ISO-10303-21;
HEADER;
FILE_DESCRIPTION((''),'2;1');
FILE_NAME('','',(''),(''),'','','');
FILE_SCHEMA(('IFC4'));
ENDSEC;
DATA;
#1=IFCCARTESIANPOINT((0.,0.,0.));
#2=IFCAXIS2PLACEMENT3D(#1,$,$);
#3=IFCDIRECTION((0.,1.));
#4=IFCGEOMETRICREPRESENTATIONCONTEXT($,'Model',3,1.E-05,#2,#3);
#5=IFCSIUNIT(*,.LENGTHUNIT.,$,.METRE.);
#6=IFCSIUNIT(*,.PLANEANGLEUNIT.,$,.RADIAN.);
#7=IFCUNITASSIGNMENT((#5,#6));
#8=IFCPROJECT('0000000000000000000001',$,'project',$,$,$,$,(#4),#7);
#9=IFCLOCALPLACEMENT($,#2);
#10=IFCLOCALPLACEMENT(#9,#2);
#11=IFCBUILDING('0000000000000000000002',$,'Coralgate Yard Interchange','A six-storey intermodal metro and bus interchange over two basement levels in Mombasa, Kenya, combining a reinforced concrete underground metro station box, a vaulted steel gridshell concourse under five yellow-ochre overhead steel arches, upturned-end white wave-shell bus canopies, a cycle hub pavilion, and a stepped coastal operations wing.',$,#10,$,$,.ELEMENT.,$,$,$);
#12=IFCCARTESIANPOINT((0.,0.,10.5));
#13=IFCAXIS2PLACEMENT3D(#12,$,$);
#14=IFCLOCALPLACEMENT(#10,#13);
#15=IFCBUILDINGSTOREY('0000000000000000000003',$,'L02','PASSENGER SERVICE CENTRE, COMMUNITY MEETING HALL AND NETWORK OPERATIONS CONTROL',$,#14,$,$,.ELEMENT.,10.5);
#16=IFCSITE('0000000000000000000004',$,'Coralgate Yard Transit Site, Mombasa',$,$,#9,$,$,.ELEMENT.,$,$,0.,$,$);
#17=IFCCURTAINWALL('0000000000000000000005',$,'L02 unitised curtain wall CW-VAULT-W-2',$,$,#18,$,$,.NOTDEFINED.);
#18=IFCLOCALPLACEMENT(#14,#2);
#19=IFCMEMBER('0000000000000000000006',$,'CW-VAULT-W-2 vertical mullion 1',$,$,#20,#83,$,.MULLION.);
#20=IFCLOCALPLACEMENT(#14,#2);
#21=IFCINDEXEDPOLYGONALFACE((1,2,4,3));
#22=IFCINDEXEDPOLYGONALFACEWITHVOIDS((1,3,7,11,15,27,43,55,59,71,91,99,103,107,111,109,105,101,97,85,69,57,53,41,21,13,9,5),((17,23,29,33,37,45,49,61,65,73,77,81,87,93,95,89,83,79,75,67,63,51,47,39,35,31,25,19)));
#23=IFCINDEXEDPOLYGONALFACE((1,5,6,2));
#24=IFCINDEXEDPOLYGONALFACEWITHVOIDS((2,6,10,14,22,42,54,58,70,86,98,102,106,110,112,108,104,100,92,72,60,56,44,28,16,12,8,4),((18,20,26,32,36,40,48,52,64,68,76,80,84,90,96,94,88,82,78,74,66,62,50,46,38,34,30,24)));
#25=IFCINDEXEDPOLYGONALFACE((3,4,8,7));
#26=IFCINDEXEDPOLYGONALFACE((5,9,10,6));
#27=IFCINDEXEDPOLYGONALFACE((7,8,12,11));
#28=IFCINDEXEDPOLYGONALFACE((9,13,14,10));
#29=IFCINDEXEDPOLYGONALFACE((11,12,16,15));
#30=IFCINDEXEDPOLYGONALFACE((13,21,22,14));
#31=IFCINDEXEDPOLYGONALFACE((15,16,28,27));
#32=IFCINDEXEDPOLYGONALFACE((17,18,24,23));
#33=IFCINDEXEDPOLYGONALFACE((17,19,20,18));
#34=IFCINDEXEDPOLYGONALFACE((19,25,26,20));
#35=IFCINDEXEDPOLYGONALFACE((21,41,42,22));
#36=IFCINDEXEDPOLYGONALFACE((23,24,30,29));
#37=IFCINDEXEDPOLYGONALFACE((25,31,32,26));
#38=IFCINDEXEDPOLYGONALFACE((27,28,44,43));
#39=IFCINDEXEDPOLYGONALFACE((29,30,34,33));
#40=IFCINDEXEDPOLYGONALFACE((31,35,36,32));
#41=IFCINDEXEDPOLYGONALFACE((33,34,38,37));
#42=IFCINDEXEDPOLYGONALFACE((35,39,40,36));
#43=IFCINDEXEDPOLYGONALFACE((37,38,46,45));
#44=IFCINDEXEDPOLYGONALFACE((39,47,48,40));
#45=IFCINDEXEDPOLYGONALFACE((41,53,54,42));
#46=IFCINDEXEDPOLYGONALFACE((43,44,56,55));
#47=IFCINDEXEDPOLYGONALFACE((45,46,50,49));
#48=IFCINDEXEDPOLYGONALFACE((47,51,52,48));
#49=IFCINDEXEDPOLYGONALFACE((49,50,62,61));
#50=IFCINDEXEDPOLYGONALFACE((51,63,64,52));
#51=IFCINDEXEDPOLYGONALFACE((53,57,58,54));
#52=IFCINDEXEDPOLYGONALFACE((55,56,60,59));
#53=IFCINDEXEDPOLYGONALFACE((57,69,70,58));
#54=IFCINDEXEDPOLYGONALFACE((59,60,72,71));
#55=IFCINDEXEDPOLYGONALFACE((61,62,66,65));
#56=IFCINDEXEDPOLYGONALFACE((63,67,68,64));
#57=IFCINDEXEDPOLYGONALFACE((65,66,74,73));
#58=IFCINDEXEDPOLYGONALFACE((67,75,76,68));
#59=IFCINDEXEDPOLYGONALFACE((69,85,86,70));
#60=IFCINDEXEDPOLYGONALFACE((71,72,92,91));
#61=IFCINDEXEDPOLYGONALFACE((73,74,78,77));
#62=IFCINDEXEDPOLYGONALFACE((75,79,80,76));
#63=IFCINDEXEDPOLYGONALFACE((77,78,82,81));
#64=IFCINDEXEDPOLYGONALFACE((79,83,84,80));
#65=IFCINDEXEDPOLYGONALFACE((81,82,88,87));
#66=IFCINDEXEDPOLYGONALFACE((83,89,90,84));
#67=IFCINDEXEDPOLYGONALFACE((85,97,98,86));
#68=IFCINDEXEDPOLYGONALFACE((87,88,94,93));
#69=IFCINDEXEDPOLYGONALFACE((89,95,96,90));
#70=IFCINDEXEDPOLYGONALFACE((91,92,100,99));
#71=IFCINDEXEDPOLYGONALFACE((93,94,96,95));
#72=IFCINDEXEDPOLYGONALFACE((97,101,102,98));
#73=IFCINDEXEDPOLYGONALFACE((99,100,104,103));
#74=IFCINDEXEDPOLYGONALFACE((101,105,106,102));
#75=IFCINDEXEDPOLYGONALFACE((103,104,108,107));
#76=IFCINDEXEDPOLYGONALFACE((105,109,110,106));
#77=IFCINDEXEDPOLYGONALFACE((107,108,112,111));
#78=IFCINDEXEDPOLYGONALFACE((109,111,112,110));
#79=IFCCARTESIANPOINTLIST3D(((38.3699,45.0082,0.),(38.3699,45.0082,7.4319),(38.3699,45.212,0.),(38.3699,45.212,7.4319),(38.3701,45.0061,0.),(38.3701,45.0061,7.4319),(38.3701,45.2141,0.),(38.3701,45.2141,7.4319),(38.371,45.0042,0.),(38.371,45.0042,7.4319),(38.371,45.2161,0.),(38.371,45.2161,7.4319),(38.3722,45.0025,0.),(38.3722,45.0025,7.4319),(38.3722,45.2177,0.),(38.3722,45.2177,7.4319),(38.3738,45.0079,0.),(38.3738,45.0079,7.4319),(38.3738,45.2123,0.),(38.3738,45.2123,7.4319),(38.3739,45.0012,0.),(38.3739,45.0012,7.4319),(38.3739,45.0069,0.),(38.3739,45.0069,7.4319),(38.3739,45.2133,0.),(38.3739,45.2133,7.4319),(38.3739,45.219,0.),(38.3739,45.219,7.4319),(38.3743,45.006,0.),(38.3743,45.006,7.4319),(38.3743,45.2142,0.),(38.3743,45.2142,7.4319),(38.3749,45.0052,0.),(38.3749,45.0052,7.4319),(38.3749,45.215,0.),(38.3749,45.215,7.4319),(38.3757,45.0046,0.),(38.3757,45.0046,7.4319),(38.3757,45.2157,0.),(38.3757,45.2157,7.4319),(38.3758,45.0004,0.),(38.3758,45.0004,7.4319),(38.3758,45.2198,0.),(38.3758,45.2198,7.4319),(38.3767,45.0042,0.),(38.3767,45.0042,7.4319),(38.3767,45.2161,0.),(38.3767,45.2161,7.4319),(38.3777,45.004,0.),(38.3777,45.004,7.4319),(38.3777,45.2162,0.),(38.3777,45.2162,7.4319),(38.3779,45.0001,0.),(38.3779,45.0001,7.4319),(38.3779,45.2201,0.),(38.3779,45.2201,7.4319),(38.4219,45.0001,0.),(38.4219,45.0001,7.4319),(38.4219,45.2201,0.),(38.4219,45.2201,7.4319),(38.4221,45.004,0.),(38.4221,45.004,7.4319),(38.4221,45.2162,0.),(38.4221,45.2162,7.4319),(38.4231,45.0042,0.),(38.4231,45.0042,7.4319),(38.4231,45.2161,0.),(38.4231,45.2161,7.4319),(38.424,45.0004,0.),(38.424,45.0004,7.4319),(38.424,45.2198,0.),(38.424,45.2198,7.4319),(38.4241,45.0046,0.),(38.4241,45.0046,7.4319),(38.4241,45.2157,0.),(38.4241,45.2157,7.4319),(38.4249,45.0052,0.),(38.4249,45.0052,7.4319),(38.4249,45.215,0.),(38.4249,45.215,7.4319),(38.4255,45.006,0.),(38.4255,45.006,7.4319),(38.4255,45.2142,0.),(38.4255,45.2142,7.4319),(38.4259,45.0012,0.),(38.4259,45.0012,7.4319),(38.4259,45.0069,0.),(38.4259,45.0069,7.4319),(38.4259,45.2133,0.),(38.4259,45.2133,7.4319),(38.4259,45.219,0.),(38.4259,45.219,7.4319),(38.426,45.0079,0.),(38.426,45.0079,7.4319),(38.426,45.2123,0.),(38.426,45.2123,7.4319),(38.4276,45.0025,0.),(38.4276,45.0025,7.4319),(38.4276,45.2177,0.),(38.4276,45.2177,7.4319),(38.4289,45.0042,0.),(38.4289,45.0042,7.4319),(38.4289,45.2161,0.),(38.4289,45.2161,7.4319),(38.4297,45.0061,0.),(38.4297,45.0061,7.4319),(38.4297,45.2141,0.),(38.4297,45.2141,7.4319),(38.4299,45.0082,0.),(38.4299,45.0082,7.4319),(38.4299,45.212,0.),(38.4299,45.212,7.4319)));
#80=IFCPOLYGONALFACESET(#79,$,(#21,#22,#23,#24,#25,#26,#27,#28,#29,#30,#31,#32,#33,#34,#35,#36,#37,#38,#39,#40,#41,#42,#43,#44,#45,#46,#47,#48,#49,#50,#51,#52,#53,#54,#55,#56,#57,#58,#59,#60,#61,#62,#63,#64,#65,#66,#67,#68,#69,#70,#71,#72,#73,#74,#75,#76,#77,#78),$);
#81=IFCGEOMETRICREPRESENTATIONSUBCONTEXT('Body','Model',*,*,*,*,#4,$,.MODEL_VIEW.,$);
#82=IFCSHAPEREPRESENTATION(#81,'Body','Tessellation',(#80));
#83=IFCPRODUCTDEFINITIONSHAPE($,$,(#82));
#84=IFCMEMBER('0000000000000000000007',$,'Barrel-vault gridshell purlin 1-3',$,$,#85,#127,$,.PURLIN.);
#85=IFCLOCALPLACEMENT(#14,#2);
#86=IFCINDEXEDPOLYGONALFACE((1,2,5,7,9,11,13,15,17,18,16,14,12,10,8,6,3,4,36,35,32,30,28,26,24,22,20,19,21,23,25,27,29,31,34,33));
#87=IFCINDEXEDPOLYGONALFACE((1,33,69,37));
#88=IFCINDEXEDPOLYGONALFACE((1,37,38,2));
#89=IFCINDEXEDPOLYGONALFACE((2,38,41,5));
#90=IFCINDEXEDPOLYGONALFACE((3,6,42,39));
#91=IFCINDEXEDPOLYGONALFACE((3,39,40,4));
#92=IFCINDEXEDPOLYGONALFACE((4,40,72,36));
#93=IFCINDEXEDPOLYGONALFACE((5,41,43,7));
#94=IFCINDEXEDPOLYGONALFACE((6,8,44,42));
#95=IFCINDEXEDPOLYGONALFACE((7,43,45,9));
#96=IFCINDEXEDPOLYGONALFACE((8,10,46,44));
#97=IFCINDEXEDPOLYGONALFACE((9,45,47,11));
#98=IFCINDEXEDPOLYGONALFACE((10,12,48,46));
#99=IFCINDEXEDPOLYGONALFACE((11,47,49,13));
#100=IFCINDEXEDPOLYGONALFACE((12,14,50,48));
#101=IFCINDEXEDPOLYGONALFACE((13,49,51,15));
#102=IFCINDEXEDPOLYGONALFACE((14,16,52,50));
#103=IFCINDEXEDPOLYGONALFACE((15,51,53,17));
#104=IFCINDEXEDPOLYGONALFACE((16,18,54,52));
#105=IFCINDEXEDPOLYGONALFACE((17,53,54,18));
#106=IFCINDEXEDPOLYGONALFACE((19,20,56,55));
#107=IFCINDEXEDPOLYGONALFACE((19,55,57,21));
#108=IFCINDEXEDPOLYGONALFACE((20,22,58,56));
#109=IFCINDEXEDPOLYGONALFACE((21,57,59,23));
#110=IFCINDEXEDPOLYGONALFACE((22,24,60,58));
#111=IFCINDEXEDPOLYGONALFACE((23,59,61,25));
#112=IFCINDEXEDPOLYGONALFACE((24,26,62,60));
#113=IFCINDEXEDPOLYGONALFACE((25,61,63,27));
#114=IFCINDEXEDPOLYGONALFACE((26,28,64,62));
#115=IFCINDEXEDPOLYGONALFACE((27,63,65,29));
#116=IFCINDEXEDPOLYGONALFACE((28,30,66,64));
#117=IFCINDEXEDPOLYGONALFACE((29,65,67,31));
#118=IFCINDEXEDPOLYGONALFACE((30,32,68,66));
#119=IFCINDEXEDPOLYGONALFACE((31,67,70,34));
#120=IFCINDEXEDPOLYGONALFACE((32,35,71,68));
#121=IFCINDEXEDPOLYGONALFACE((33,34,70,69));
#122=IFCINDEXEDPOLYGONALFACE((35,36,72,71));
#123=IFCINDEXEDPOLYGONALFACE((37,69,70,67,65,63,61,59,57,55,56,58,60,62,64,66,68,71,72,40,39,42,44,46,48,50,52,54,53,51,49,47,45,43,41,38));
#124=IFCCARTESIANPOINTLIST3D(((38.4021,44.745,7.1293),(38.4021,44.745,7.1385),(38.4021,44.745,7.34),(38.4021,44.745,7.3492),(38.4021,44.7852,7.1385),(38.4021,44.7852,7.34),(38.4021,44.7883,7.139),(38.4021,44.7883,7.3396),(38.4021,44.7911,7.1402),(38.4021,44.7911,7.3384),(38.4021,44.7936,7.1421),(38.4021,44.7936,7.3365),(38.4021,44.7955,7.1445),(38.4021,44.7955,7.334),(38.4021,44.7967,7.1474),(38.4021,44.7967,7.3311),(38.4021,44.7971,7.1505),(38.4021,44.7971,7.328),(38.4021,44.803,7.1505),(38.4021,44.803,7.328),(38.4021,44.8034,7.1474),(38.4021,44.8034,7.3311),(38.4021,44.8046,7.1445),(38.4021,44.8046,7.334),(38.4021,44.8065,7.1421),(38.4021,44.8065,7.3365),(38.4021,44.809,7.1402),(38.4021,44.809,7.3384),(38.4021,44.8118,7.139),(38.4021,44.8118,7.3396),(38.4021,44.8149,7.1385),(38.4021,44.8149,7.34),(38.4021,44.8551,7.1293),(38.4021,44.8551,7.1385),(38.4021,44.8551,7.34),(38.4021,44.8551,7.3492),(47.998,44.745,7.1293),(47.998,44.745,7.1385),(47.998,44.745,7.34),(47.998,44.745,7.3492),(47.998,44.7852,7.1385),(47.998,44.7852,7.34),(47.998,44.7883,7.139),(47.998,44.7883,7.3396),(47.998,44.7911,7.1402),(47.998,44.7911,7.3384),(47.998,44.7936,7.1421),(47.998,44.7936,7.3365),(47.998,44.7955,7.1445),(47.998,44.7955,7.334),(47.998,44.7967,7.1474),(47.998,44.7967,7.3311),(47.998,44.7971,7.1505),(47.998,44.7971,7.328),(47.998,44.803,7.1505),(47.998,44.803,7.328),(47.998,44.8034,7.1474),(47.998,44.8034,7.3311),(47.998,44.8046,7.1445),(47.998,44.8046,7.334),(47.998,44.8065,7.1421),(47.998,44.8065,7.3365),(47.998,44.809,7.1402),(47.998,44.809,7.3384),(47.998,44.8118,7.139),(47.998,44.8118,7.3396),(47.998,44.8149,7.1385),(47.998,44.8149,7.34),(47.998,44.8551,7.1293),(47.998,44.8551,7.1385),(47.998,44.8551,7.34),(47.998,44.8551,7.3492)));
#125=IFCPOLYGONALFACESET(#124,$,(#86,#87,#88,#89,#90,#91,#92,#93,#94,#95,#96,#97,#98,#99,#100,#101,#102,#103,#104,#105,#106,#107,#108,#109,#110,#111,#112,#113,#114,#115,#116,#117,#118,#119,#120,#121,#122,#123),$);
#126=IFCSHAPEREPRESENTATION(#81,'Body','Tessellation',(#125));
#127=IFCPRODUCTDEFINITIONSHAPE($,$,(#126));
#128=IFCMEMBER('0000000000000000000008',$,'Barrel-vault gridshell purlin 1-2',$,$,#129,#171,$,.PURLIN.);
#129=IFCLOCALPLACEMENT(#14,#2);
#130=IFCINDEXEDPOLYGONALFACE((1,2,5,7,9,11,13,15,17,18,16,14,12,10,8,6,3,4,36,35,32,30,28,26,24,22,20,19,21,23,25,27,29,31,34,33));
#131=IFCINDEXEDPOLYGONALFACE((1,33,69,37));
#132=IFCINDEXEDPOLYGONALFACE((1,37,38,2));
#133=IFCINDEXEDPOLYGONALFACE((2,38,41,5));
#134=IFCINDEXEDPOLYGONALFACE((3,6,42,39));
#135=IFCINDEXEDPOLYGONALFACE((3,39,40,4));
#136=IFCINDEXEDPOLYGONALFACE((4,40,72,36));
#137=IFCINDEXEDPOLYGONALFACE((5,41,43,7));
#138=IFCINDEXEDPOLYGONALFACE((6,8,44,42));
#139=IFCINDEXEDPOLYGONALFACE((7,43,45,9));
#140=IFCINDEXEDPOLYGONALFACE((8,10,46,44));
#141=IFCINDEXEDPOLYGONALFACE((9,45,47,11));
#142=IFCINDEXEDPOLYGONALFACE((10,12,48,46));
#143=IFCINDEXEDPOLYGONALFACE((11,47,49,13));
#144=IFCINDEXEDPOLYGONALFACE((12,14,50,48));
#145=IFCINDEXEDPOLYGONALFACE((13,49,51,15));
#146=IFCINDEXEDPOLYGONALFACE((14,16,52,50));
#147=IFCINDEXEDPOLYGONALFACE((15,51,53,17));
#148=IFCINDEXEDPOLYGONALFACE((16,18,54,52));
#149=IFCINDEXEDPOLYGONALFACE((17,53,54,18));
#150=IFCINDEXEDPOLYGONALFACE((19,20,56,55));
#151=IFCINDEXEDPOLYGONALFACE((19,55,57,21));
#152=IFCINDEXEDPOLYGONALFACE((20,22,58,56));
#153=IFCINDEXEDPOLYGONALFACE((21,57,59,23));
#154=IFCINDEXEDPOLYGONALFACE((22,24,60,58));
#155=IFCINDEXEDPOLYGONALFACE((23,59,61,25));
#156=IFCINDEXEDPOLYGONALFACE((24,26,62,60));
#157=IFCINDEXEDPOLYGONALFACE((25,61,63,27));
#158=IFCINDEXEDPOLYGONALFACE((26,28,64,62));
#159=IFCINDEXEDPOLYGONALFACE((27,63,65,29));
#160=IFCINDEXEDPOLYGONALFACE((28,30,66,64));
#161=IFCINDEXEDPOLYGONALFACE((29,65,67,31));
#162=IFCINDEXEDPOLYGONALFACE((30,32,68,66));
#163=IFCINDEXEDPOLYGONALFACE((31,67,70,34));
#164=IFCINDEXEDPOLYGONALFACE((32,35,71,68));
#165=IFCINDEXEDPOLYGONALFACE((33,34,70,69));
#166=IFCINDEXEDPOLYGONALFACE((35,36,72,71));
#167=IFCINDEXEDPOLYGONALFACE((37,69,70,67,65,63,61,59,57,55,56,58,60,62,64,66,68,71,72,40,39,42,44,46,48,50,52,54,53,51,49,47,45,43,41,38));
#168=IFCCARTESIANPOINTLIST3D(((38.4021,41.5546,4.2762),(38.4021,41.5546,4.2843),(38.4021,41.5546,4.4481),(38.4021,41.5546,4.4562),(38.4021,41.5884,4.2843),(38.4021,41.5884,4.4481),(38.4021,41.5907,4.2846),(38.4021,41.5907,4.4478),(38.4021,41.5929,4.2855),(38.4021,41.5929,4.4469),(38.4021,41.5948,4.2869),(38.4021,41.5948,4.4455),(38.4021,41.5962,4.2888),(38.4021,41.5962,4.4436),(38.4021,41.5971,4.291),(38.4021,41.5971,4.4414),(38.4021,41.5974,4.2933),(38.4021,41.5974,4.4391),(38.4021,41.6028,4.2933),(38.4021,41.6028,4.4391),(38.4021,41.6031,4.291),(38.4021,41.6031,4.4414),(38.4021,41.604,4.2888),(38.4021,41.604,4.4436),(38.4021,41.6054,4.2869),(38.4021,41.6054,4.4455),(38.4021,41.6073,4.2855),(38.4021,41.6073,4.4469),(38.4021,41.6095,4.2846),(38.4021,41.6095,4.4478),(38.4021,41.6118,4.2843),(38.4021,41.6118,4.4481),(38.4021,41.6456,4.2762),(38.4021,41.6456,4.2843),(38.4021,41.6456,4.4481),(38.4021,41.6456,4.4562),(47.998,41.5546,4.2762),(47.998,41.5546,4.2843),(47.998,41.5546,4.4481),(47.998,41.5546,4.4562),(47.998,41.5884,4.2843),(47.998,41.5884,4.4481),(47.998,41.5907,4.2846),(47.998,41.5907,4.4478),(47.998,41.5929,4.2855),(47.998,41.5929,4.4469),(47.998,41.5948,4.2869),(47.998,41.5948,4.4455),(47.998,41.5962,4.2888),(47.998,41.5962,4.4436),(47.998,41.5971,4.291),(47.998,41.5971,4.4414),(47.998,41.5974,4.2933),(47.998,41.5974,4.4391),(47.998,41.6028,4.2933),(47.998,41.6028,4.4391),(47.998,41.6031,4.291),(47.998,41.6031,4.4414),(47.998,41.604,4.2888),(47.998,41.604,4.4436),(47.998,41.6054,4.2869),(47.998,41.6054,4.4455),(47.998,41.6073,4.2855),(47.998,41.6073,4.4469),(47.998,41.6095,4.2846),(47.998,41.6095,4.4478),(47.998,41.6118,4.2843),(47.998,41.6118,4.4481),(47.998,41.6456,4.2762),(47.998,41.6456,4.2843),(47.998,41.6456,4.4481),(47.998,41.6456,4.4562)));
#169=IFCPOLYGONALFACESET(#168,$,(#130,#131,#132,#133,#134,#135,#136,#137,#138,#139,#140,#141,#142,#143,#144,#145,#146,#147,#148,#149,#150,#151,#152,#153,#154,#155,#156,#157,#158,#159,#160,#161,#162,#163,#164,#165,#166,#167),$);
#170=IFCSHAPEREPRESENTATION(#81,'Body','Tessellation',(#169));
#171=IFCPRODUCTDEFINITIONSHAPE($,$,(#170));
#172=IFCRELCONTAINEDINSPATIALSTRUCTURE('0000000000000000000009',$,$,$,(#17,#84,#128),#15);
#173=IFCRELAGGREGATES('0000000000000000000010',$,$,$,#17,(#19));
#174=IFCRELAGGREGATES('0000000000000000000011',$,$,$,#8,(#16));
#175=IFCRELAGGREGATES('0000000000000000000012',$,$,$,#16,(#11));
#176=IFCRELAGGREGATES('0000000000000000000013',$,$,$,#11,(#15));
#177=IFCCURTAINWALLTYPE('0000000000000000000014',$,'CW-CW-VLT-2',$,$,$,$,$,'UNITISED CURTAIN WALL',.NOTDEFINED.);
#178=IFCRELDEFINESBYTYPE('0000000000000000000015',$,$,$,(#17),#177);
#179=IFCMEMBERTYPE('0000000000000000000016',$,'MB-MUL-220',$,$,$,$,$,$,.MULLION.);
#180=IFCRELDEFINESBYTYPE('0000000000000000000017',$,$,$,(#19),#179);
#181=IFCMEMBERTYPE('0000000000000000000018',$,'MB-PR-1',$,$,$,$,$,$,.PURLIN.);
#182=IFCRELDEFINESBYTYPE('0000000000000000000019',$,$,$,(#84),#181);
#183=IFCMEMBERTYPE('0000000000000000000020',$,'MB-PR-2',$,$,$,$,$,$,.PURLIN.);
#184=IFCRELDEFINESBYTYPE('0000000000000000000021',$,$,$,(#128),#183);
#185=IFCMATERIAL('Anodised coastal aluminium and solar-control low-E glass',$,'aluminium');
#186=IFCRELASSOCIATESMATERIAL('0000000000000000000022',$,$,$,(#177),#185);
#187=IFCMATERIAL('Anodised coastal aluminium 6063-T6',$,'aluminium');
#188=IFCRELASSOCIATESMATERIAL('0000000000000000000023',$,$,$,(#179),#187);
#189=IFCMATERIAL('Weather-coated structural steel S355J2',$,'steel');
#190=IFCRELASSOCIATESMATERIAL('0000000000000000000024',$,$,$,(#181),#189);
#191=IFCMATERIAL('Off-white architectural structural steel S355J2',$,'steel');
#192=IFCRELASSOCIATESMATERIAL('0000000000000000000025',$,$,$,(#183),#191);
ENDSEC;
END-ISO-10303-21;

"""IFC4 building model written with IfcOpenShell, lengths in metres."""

from ifc_helpers import new_model, si_unit, direction, frame, origin, origin_2d, place, context, subcontext, project, spatial, hollow_rectangle, i_section, extrude, material, material_profile, profile_set, type_object, element, aggregate, save


model = new_model("IFC4")

# Units and contexts
model_context = context("Model", 3, precision=1e-05, world=origin(), true_north=direction((0.0, 1.0)))
body_context = subcontext(model_context, "Body", "Model", "MODEL_VIEW")
ifc_project = project(units=[si_unit("LENGTHUNIT", "METRE"), si_unit("PLANEANGLEUNIT", "RADIAN")], contexts=[model_context])

# Site, building, storey
site_placement = place(None, origin())
site = spatial("IfcSite", under=ifc_project, at=site_placement, Name="Coralgate Yard Transit Site, Mombasa", CompositionType="ELEMENT", RefElevation=0.0)
building_placement = place(site_placement, origin())
building = spatial("IfcBuilding", under=site, at=building_placement, Name="Coralgate Yard Interchange", Description="A six-storey intermodal metro and bus interchange over two basement levels in Mombasa, Kenya, combining a reinforced concrete underground metro station box, a vaulted steel gridshell concourse under five yellow-ochre overhead steel arches, upturned-end white wave-shell bus canopies, a cycle hub pavilion, and a stepped coastal operations wing.", CompositionType="ELEMENT")
storey_placement = place(building_placement, frame((0.0, 0.0, 10.5)))
storey = spatial("IfcBuildingStorey", under=building, at=storey_placement, Name="L02", Description="PASSENGER SERVICE CENTRE, COMMUNITY MEETING HALL AND NETWORK OPERATIONS CONTROL", CompositionType="ELEMENT", Elevation=10.5)

# Shared definitions
ifc_material_1 = material(Name="Weather-coated structural steel S355J2", Category="steel")

# Shared definitions
ifc_material_2 = material(Name="Anodised coastal aluminium and solar-control low-E glass", Category="aluminium")
ifc_material_3 = material(Name="Anodised coastal aluminium 6063-T6", Category="aluminium")

# Curtain wall, member
curtain_wall_type_1 = type_object("IfcCurtainWallType", Name="CW-CW-VLT-2", ElementType="UNITISED CURTAIN WALL", PredefinedType="NOTDEFINED", material=ifc_material_2)
curtain_wall_1_placement = place(storey_placement, origin())
curtain_wall_1 = element("IfcCurtainWall", 1, at=curtain_wall_1_placement, inside=storey, type_object=curtain_wall_type_1, Name="L02 unitised curtain wall CW-VAULT-W-2", PredefinedType="NOTDEFINED")
ifc_material_profile_1 = material_profile(ifc_material_3, hollow_rectangle(XDim=0.0601, YDim=0.22, WallThickness=0.0039, InnerFilletRadius=0.0039, OuterFilletRadius=0.0081, at=origin_2d()), Name="ALU 60x220x4")
ifc_profile_set_1 = profile_set([ifc_material_profile_1], Name="Anodised coastal aluminium 6063-T6")
member_type_1 = type_object("IfcMemberType", Name="MB-MUL-220", PredefinedType="MULLION", material=ifc_profile_set_1)
member_1_placement = place(storey_placement, frame((38.3999, 45.1101, 0.0), z_axis=(0.0, 0.0, 1.0), x_axis=(1.0, 0.0, 0.0)))
member_1 = element("IfcMember", 2, at=member_1_placement, type_object=member_type_1, Name="CW-VAULT-W-2 vertical mullion 1", PredefinedType="MULLION", context=body_context, shape_type="SweptSolid", body=[
    extrude(hollow_rectangle(XDim=0.0601, YDim=0.22, WallThickness=0.0039, InnerFilletRadius=0.0039, OuterFilletRadius=0.0081, at=origin_2d()), origin(), (0.0, 0.0, 1.0), 7.4319),
])

# Members
ifc_material_profile_2 = material_profile(ifc_material_1, i_section(OverallWidth=0.1101, OverallDepth=0.22, WebThickness=0.0059, FlangeThickness=0.0093, FilletRadius=0.012, at=origin_2d()), Name="IPE 220")
ifc_profile_set_2 = profile_set([ifc_material_profile_2], Name="Weather-coated structural steel S355J2")
member_type_2 = type_object("IfcMemberType", Name="MB-PR-1", PredefinedType="PURLIN", material=ifc_profile_set_2)
member_2_placement = place(storey_placement, frame((38.4021, 44.8, 7.2393), z_axis=(1.0, 0.0, 0.0), x_axis=(0.0, 1.0, 0.0)))
element("IfcMember", 3, at=member_2_placement, inside=storey, type_object=member_type_2, Name="Barrel-vault gridshell purlin 1-3", PredefinedType="PURLIN", context=body_context, shape_type="SweptSolid", body=[
    extrude(i_section(OverallWidth=0.1101, OverallDepth=0.22, WebThickness=0.0059, FlangeThickness=0.0093, FilletRadius=0.012, at=origin_2d()), origin(), (0.0, 0.0, 1.0), 9.5959),
])
ifc_material_4 = material(Name="Off-white architectural structural steel S355J2", Category="steel")
ifc_material_profile_3 = material_profile(ifc_material_4, i_section(OverallWidth=0.0911, OverallDepth=0.1799, WebThickness=0.0054, FlangeThickness=0.0081, FilletRadius=0.009, at=origin_2d()), Name="IPE 180")
ifc_profile_set_3 = profile_set([ifc_material_profile_3], Name="Off-white architectural structural steel S355J2")
member_type_3 = type_object("IfcMemberType", Name="MB-PR-2", PredefinedType="PURLIN", material=ifc_profile_set_3)
member_3_placement = place(storey_placement, frame((38.4021, 41.6001, 4.3662), z_axis=(1.0, 0.0, 0.0), x_axis=(0.0, 1.0, 0.0)))
element("IfcMember", 4, at=member_3_placement, inside=storey, type_object=member_type_3, Name="Barrel-vault gridshell purlin 1-2", PredefinedType="PURLIN", context=body_context, shape_type="SweptSolid", body=[
    extrude(i_section(OverallWidth=0.0911, OverallDepth=0.1799, WebThickness=0.0054, FlangeThickness=0.0081, FilletRadius=0.009, at=origin_2d()), origin(), (0.0, 0.0, 1.0), 9.5959),
])

aggregate(curtain_wall_1, [member_1])

save(model, "model.ifc")
